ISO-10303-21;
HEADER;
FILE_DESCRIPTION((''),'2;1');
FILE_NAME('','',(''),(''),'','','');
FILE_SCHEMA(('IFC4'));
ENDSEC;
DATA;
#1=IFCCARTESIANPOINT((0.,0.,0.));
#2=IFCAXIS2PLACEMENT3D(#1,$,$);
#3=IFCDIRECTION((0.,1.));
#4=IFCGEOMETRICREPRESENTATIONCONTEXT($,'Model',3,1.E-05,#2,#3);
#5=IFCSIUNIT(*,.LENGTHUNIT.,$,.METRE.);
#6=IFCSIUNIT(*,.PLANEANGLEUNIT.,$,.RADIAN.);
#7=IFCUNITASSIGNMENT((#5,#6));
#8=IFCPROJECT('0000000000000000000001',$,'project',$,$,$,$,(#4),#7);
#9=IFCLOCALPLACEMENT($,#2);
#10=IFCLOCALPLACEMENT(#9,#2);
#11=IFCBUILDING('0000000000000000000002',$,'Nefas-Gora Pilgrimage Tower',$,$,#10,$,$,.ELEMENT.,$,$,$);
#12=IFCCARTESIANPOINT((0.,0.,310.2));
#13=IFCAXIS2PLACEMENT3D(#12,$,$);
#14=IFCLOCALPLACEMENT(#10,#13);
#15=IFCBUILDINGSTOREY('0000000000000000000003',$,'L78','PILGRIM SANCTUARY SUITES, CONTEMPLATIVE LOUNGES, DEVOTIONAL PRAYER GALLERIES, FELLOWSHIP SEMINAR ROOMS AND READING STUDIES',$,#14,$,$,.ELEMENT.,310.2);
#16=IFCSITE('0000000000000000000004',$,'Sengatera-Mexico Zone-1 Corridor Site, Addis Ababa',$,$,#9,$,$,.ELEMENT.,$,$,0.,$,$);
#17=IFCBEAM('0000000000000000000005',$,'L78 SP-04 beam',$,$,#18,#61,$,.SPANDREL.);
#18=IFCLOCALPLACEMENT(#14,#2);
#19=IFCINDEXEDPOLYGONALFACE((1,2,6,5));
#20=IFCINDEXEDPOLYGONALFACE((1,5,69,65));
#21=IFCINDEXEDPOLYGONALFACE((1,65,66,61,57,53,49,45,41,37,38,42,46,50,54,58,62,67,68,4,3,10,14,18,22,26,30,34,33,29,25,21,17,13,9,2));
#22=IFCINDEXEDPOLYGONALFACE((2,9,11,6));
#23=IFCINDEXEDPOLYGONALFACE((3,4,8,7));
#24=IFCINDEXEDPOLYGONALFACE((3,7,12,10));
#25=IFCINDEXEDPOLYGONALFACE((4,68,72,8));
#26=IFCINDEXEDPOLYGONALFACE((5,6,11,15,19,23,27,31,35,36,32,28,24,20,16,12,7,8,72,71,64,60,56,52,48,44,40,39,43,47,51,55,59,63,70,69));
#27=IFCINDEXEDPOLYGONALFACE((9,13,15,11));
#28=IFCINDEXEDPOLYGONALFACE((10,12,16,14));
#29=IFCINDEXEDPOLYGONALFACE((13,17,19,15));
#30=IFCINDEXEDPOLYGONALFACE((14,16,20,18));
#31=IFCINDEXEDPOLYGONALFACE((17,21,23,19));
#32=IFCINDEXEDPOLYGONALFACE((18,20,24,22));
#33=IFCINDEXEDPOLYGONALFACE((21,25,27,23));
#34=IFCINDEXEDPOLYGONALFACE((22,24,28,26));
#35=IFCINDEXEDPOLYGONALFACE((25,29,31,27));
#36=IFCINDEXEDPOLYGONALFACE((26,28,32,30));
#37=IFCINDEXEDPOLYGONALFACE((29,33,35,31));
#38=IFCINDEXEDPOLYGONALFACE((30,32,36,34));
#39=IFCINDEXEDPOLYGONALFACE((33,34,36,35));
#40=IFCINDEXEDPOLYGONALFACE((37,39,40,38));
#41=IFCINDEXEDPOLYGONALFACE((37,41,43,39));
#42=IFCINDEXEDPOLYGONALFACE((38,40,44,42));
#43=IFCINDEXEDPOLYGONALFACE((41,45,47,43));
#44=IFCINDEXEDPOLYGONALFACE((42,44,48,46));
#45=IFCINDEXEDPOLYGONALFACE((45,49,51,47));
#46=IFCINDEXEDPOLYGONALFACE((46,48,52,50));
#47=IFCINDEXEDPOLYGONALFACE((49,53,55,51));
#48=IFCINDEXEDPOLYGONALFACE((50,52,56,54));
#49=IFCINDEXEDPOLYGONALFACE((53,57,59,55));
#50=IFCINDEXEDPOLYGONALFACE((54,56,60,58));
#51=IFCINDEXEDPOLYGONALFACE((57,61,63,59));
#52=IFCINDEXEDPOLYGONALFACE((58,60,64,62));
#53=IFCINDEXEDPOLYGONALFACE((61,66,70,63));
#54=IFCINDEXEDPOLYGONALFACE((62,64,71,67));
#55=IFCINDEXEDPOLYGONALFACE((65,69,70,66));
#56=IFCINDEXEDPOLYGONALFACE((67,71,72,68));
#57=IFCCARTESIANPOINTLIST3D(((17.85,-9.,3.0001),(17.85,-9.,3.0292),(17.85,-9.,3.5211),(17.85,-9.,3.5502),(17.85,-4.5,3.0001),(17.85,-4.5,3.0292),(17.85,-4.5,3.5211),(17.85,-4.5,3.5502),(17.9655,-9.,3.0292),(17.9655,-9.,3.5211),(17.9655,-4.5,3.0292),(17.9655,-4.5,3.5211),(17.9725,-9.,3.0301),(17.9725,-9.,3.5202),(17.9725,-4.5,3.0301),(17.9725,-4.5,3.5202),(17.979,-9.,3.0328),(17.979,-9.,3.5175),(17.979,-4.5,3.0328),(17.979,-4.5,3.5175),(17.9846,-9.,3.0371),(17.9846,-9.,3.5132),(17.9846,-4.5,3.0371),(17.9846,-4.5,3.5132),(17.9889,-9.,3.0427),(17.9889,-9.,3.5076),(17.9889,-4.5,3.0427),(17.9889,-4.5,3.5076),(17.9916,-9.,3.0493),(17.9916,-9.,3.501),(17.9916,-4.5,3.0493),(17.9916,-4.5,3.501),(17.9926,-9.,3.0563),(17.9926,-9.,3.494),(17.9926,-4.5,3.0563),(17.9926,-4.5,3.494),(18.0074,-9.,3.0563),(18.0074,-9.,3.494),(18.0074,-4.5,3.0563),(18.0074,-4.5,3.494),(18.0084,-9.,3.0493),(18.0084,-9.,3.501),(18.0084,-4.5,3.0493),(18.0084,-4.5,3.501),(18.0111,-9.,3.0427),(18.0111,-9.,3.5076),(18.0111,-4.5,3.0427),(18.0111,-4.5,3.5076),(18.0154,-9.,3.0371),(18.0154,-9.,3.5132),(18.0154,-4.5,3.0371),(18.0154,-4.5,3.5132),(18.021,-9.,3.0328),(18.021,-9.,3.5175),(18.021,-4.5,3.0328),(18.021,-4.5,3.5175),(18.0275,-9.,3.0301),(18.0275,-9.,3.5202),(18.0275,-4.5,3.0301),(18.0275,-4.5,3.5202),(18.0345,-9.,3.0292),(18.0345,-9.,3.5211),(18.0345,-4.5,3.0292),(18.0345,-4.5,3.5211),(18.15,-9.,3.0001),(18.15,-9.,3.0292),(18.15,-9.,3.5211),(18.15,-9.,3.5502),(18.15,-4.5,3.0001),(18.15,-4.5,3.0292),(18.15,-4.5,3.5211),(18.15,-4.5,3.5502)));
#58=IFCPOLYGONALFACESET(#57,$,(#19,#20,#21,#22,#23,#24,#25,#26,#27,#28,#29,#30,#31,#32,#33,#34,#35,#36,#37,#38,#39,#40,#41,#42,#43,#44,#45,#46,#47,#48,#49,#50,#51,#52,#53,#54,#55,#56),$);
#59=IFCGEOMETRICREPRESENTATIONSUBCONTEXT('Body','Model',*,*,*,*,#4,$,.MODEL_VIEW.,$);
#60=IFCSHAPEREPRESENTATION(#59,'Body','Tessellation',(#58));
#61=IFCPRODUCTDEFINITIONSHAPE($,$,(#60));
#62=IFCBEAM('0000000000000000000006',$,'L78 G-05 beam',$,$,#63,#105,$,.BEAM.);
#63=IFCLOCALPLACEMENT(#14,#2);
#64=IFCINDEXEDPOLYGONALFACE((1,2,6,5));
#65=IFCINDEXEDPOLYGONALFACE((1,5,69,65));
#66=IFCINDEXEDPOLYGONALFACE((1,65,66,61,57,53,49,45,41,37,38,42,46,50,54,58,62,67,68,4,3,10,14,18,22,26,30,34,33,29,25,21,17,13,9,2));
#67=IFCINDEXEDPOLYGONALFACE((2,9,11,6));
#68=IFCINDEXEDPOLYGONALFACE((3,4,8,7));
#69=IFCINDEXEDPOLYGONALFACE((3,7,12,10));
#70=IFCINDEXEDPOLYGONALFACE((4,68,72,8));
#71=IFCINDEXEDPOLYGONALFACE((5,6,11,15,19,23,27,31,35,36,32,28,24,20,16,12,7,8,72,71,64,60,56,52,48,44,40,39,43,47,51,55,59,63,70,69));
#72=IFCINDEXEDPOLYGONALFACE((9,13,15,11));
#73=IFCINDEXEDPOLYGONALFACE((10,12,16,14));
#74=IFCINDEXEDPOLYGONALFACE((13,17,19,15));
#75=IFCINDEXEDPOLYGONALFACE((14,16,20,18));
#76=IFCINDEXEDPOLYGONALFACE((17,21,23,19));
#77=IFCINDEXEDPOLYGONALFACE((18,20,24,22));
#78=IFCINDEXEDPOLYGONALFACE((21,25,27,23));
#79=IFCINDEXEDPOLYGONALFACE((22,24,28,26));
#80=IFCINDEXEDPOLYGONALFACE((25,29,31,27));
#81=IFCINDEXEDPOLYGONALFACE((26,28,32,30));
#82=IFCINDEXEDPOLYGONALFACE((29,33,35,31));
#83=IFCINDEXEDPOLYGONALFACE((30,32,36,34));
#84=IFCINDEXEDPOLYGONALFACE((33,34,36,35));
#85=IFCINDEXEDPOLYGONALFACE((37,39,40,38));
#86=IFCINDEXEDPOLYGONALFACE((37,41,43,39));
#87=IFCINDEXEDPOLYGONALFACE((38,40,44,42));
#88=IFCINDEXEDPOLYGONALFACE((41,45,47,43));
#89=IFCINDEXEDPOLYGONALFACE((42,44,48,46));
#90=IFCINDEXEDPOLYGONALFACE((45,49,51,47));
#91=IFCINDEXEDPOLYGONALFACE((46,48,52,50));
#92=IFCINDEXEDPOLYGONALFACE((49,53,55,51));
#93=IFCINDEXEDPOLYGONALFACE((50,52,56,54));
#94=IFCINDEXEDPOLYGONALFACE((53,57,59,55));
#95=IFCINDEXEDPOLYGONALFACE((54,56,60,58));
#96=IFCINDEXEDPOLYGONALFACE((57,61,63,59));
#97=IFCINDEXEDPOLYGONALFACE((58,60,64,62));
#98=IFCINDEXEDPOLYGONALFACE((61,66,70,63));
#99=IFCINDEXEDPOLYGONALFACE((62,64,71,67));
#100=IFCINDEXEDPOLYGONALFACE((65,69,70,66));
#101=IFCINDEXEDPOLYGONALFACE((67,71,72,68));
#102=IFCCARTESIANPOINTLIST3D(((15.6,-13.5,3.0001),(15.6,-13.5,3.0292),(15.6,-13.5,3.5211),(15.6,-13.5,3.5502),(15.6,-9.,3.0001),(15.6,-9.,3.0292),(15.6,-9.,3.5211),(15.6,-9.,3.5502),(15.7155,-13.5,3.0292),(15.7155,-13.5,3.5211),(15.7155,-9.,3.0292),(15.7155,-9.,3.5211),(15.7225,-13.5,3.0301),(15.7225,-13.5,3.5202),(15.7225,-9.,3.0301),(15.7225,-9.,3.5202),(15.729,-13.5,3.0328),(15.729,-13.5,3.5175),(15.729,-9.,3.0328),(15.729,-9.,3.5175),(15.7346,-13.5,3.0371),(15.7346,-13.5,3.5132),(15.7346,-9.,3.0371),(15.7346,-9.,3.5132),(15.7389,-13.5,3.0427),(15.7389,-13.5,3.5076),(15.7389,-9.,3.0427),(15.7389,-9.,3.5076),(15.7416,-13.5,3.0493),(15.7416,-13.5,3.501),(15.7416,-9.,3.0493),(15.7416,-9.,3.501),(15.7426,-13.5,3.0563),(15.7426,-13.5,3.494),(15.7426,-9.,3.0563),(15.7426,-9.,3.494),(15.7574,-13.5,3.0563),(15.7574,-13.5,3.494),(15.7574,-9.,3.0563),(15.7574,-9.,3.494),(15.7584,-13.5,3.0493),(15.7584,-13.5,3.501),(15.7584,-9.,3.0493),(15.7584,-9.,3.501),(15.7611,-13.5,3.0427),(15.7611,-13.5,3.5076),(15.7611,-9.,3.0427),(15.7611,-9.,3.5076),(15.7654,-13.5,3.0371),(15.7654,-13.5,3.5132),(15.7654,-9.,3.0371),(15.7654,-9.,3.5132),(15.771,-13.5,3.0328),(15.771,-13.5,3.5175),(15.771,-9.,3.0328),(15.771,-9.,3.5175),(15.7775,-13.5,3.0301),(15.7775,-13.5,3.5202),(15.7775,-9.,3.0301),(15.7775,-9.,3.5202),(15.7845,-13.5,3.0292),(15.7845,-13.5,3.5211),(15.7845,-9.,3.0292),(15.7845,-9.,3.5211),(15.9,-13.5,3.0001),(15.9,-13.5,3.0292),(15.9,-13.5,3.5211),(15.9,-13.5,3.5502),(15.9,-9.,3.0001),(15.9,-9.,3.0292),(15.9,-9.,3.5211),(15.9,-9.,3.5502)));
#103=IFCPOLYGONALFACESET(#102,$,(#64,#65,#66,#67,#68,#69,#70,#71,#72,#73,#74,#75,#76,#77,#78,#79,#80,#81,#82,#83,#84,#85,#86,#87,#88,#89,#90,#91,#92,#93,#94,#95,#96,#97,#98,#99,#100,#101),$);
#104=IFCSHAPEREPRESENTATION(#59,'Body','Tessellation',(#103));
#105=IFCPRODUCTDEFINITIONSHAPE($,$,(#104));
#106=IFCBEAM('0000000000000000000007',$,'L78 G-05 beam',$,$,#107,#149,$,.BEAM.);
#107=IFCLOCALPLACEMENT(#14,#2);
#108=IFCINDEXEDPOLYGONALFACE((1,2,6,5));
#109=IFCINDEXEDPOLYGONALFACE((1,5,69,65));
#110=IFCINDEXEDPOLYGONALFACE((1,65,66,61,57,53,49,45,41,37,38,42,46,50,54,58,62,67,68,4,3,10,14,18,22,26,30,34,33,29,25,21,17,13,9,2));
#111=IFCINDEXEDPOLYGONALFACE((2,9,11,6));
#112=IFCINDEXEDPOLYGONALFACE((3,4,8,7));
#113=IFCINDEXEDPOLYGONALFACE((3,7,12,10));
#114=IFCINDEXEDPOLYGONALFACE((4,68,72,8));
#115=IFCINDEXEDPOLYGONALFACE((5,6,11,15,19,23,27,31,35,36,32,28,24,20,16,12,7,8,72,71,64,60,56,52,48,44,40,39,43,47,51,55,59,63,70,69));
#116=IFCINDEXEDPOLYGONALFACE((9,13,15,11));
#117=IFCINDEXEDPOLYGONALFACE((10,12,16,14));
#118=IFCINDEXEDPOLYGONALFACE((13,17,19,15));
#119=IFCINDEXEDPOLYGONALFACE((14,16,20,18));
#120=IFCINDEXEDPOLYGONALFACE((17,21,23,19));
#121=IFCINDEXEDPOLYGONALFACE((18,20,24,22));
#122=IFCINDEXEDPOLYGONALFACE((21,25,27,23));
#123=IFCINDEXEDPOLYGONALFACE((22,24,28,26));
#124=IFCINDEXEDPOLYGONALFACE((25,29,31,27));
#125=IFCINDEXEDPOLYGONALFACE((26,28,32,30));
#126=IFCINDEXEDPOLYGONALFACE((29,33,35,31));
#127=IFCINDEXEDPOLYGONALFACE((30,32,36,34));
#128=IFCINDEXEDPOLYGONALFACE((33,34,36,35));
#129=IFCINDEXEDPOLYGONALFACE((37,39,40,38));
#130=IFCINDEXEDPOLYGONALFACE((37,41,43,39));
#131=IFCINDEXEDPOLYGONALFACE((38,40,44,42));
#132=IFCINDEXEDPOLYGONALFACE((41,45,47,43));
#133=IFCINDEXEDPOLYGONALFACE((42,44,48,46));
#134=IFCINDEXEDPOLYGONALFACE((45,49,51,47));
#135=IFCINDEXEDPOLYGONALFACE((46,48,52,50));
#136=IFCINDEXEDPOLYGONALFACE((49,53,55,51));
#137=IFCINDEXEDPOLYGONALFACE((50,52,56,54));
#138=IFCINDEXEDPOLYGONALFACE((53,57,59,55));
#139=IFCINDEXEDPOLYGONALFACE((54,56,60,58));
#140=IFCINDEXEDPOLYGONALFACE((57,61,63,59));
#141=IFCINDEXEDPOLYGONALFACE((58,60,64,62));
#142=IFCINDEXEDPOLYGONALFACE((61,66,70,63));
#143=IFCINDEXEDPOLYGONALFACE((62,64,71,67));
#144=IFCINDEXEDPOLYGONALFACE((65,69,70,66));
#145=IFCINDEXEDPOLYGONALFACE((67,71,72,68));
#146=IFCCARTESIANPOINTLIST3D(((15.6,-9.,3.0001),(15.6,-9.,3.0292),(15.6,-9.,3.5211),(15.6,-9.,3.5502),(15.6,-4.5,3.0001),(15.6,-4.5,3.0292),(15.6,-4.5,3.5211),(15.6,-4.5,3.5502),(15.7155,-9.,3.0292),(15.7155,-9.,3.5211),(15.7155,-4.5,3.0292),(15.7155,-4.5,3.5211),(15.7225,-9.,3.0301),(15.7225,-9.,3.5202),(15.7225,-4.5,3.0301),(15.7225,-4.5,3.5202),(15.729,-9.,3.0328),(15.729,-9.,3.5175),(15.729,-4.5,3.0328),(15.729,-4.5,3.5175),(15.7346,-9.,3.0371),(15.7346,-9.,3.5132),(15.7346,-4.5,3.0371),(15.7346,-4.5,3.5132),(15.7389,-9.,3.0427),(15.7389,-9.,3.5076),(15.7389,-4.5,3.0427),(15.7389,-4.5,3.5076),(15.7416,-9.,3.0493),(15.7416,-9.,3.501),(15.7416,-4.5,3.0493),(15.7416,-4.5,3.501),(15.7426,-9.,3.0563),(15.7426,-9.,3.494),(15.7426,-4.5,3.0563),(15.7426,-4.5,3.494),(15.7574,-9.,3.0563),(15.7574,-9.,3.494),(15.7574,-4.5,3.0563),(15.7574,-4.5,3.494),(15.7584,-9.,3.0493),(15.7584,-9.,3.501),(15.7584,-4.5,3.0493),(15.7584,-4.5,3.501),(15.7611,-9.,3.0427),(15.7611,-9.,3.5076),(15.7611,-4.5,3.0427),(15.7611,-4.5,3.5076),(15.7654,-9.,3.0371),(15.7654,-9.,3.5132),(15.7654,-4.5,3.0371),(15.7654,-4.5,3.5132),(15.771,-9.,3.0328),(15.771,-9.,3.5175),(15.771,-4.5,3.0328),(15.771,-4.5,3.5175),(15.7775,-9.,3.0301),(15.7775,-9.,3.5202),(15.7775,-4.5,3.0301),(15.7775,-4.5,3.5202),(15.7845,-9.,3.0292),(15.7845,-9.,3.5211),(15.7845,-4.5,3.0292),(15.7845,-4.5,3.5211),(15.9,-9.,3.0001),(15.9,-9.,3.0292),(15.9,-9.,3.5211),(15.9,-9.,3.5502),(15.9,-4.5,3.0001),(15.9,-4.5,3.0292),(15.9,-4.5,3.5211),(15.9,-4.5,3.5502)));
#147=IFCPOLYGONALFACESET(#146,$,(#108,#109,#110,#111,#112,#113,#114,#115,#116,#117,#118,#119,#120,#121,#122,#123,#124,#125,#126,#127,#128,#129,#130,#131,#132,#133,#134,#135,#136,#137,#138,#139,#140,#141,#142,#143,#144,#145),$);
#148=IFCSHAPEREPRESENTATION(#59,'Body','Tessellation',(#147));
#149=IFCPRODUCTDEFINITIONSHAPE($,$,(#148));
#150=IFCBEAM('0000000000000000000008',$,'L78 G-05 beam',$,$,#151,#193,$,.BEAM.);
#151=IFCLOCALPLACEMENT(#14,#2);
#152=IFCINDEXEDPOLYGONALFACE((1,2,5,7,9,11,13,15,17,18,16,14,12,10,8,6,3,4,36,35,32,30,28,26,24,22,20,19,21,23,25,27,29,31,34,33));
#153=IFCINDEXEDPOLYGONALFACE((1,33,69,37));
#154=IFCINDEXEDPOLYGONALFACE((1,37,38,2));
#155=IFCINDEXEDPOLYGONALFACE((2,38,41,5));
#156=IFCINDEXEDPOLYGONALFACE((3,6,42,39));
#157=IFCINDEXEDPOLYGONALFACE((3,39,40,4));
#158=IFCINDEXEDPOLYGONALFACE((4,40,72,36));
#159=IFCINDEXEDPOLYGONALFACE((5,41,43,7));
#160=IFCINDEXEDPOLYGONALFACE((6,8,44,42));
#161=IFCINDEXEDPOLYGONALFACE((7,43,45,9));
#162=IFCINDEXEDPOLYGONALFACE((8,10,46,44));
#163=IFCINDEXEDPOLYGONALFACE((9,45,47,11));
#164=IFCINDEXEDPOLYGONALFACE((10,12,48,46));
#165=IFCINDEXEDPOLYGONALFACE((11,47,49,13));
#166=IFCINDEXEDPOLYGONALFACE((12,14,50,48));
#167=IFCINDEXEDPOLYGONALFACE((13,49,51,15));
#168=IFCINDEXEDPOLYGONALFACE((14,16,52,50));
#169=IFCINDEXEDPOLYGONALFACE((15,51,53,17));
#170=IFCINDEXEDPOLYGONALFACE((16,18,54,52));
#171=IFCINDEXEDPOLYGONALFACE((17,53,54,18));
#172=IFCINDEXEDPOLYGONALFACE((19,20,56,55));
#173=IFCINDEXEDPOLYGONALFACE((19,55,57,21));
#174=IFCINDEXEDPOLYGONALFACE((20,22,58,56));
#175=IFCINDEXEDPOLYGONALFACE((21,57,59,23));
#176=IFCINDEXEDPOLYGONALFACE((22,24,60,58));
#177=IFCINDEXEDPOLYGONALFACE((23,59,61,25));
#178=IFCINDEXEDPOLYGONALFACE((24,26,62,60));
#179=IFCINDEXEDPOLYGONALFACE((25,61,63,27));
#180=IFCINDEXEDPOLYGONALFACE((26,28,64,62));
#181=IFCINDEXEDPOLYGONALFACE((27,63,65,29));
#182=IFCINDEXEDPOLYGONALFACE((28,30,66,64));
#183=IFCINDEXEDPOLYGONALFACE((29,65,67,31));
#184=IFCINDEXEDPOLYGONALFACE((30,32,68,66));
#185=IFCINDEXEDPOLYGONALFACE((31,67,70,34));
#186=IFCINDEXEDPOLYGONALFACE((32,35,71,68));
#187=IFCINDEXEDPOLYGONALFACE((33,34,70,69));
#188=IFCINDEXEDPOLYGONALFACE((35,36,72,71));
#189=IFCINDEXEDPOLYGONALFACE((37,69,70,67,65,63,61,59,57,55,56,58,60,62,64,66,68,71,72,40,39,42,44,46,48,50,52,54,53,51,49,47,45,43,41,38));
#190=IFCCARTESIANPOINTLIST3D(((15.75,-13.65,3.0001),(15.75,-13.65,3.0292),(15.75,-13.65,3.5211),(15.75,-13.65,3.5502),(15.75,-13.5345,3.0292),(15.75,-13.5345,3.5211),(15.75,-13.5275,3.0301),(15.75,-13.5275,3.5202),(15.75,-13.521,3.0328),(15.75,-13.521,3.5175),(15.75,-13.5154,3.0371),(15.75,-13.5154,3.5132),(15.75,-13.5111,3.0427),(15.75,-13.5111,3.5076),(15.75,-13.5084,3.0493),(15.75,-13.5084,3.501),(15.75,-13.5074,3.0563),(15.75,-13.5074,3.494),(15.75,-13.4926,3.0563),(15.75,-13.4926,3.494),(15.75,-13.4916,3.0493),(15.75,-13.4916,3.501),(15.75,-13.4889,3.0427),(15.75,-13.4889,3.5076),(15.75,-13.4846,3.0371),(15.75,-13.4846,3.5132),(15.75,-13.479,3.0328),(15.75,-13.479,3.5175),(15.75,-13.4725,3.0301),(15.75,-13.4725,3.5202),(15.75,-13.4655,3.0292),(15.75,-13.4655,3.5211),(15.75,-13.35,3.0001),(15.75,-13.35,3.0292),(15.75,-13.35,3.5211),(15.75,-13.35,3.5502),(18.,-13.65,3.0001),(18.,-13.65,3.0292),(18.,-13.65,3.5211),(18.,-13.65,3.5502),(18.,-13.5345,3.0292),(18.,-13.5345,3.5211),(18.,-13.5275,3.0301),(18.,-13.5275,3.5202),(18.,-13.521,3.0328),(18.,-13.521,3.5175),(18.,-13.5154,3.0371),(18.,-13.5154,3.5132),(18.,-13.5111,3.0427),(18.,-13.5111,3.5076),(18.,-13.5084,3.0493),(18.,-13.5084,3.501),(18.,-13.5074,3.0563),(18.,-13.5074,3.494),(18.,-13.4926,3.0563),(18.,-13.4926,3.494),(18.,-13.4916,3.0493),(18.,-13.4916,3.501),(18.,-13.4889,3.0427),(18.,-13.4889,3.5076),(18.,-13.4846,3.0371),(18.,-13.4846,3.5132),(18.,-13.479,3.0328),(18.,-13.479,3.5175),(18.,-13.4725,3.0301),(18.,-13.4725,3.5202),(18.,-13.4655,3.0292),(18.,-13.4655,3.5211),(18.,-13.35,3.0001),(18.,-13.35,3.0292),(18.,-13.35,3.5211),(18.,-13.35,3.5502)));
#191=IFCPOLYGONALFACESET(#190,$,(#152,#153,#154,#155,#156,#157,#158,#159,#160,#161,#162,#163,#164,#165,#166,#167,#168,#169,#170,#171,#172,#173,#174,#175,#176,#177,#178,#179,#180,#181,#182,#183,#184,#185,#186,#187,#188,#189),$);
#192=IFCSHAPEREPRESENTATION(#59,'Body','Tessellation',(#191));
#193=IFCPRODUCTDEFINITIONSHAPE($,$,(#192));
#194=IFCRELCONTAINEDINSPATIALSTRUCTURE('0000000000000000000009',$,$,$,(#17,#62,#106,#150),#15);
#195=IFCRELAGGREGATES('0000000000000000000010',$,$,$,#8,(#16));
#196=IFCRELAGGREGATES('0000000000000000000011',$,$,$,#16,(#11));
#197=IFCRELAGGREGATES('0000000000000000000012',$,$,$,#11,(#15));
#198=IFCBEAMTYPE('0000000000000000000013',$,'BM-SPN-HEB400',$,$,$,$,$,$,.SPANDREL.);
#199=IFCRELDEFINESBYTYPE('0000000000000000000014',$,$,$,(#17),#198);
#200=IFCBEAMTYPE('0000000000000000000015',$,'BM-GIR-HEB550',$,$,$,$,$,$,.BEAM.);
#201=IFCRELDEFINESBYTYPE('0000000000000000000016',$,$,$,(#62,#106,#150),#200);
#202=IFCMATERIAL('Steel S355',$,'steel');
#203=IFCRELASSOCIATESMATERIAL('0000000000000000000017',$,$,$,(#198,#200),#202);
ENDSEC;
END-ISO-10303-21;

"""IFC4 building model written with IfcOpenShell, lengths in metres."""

from ifc_helpers import new_model, si_unit, direction, frame, origin, origin_2d, place, context, subcontext, project, spatial, i_section, extrude, source, transform, mapped, material, material_profile, profile_set, type_object, element, save


model = new_model("IFC4")

# Units and contexts
model_context = context("Model", 3, precision=1e-05, world=origin(), true_north=direction((0.0, 1.0)))
body_context = subcontext(model_context, "Body", "Model", "MODEL_VIEW")
ifc_project = project(units=[si_unit("LENGTHUNIT", "METRE"), si_unit("PLANEANGLEUNIT", "RADIAN")], contexts=[model_context])

# Site, building, storey
site_placement = place(None, origin())
site = spatial("IfcSite", under=ifc_project, at=site_placement, Name="Sengatera-Mexico Zone-1 Corridor Site, Addis Ababa", CompositionType="ELEMENT", RefElevation=0.0)
building_placement = place(site_placement, origin())
building = spatial("IfcBuilding", under=site, at=building_placement, Name="Nefas-Gora Pilgrimage Tower", CompositionType="ELEMENT")
storey_placement = place(building_placement, frame((0.0, 0.0, 310.2)))
storey = spatial("IfcBuildingStorey", under=building, at=storey_placement, Name="L78", Description="PILGRIM SANCTUARY SUITES, CONTEMPLATIVE LOUNGES, DEVOTIONAL PRAYER GALLERIES, FELLOWSHIP SEMINAR ROOMS AND READING STUDIES", CompositionType="ELEMENT", Elevation=310.2)

# Shared definitions
ifc_material_1 = material(Name="Steel S355", Category="steel")

# Beams
ifc_material_profile_1 = material_profile(ifc_material_1, i_section(OverallWidth=0.3, OverallDepth=0.55, WebThickness=0.0149, FlangeThickness=0.0291, FilletRadius=0.0271, at=origin_2d()), Name="HEB 550")
ifc_profile_set_1 = profile_set([ifc_material_profile_1], Name="Steel S355")
beam_type_1 = type_object("IfcBeamType", Name="BM-SPN-HEB400", PredefinedType="SPANDREL", material=ifc_profile_set_1)
shared_shape_1 = source(origin(), body_context, "Body", "SweptSolid", [
    extrude(i_section(OverallWidth=0.3, OverallDepth=0.55, WebThickness=0.0149, FlangeThickness=0.0291, FilletRadius=0.0271, at=origin_2d()), origin(), (0.0, 0.0, 1.0), 4.5),
])
for number, where, z_axis, x_axis, name in (
    (1, (18.0, -9.0, 3.2751), (0.0, 1.0, 0.0), (-1.0, 0.0, 0.0), "L78 SP-04 beam"),
):
    element("IfcBeam", number, at=place(storey_placement, frame(where, z_axis=z_axis, x_axis=x_axis)), inside=storey, type_object=beam_type_1, Name=name, PredefinedType="SPANDREL", context=body_context, shape_type="MappedRepresentation", body=[
        mapped(shared_shape_1, transform((0.0, 0.0, 0.0), x_axis=(1.0, 0.0, 0.0), y_axis=(0.0, 1.0, 0.0), z_axis=(0.0, 0.0, 1.0), scale=1.0)),
    ])
ifc_material_profile_2 = material_profile(ifc_material_1, i_section(OverallWidth=0.3, OverallDepth=0.55, WebThickness=0.0149, FlangeThickness=0.0291, FilletRadius=0.0271, at=origin_2d()), Name="HEB 550")
ifc_profile_set_2 = profile_set([ifc_material_profile_2], Name="Steel S355")
beam_type_2 = type_object("IfcBeamType", Name="BM-GIR-HEB550", PredefinedType="BEAM", material=ifc_profile_set_2)
shared_shape_2 = source(origin(), body_context, "Body", "SweptSolid", [
    extrude(i_section(OverallWidth=0.3, OverallDepth=0.55, WebThickness=0.0149, FlangeThickness=0.0291, FilletRadius=0.0271, at=origin_2d()), origin(), (0.0, 0.0, 1.0), 4.5),
])
for number, where, z_axis, x_axis, name in (
    (2, (15.75, -13.5, 3.2751), (0.0, 1.0, 0.0), (-1.0, 0.0, 0.0), "L78 G-05 beam"),
    (3, (15.75, -9.0, 3.2751), (0.0, 1.0, 0.0), (-1.0, 0.0, 0.0), "L78 G-05 beam"),
):
    element("IfcBeam", number, at=place(storey_placement, frame(where, z_axis=z_axis, x_axis=x_axis)), inside=storey, type_object=beam_type_2, Name=name, PredefinedType="BEAM", context=body_context, shape_type="MappedRepresentation", body=[
        mapped(shared_shape_2, transform((0.0, 0.0, 0.0), x_axis=(1.0, 0.0, 0.0), y_axis=(0.0, 1.0, 0.0), z_axis=(0.0, 0.0, 1.0), scale=1.0)),
    ])
shared_shape_3 = source(origin(), body_context, "Body", "SweptSolid", [
    extrude(i_section(OverallWidth=0.3, OverallDepth=0.55, WebThickness=0.0149, FlangeThickness=0.0291, FilletRadius=0.0271, at=origin_2d()), origin(), (0.0, 0.0, 1.0), 2.25),
])
for number, where, z_axis, x_axis, name in (
    (4, (15.75, -13.5, 3.2751), (1.0, 0.0, 0.0), (0.0, 1.0, 0.0), "L78 G-05 beam"),
):
    element("IfcBeam", number, at=place(storey_placement, frame(where, z_axis=z_axis, x_axis=x_axis)), inside=storey, type_object=beam_type_2, Name=name, PredefinedType="BEAM", context=body_context, shape_type="MappedRepresentation", body=[
        mapped(shared_shape_3, transform((0.0, 0.0, 0.0), x_axis=(1.0, 0.0, 0.0), y_axis=(0.0, 1.0, 0.0), z_axis=(0.0, 0.0, 1.0), scale=1.0)),
    ])

save(model, "model.ifc")
